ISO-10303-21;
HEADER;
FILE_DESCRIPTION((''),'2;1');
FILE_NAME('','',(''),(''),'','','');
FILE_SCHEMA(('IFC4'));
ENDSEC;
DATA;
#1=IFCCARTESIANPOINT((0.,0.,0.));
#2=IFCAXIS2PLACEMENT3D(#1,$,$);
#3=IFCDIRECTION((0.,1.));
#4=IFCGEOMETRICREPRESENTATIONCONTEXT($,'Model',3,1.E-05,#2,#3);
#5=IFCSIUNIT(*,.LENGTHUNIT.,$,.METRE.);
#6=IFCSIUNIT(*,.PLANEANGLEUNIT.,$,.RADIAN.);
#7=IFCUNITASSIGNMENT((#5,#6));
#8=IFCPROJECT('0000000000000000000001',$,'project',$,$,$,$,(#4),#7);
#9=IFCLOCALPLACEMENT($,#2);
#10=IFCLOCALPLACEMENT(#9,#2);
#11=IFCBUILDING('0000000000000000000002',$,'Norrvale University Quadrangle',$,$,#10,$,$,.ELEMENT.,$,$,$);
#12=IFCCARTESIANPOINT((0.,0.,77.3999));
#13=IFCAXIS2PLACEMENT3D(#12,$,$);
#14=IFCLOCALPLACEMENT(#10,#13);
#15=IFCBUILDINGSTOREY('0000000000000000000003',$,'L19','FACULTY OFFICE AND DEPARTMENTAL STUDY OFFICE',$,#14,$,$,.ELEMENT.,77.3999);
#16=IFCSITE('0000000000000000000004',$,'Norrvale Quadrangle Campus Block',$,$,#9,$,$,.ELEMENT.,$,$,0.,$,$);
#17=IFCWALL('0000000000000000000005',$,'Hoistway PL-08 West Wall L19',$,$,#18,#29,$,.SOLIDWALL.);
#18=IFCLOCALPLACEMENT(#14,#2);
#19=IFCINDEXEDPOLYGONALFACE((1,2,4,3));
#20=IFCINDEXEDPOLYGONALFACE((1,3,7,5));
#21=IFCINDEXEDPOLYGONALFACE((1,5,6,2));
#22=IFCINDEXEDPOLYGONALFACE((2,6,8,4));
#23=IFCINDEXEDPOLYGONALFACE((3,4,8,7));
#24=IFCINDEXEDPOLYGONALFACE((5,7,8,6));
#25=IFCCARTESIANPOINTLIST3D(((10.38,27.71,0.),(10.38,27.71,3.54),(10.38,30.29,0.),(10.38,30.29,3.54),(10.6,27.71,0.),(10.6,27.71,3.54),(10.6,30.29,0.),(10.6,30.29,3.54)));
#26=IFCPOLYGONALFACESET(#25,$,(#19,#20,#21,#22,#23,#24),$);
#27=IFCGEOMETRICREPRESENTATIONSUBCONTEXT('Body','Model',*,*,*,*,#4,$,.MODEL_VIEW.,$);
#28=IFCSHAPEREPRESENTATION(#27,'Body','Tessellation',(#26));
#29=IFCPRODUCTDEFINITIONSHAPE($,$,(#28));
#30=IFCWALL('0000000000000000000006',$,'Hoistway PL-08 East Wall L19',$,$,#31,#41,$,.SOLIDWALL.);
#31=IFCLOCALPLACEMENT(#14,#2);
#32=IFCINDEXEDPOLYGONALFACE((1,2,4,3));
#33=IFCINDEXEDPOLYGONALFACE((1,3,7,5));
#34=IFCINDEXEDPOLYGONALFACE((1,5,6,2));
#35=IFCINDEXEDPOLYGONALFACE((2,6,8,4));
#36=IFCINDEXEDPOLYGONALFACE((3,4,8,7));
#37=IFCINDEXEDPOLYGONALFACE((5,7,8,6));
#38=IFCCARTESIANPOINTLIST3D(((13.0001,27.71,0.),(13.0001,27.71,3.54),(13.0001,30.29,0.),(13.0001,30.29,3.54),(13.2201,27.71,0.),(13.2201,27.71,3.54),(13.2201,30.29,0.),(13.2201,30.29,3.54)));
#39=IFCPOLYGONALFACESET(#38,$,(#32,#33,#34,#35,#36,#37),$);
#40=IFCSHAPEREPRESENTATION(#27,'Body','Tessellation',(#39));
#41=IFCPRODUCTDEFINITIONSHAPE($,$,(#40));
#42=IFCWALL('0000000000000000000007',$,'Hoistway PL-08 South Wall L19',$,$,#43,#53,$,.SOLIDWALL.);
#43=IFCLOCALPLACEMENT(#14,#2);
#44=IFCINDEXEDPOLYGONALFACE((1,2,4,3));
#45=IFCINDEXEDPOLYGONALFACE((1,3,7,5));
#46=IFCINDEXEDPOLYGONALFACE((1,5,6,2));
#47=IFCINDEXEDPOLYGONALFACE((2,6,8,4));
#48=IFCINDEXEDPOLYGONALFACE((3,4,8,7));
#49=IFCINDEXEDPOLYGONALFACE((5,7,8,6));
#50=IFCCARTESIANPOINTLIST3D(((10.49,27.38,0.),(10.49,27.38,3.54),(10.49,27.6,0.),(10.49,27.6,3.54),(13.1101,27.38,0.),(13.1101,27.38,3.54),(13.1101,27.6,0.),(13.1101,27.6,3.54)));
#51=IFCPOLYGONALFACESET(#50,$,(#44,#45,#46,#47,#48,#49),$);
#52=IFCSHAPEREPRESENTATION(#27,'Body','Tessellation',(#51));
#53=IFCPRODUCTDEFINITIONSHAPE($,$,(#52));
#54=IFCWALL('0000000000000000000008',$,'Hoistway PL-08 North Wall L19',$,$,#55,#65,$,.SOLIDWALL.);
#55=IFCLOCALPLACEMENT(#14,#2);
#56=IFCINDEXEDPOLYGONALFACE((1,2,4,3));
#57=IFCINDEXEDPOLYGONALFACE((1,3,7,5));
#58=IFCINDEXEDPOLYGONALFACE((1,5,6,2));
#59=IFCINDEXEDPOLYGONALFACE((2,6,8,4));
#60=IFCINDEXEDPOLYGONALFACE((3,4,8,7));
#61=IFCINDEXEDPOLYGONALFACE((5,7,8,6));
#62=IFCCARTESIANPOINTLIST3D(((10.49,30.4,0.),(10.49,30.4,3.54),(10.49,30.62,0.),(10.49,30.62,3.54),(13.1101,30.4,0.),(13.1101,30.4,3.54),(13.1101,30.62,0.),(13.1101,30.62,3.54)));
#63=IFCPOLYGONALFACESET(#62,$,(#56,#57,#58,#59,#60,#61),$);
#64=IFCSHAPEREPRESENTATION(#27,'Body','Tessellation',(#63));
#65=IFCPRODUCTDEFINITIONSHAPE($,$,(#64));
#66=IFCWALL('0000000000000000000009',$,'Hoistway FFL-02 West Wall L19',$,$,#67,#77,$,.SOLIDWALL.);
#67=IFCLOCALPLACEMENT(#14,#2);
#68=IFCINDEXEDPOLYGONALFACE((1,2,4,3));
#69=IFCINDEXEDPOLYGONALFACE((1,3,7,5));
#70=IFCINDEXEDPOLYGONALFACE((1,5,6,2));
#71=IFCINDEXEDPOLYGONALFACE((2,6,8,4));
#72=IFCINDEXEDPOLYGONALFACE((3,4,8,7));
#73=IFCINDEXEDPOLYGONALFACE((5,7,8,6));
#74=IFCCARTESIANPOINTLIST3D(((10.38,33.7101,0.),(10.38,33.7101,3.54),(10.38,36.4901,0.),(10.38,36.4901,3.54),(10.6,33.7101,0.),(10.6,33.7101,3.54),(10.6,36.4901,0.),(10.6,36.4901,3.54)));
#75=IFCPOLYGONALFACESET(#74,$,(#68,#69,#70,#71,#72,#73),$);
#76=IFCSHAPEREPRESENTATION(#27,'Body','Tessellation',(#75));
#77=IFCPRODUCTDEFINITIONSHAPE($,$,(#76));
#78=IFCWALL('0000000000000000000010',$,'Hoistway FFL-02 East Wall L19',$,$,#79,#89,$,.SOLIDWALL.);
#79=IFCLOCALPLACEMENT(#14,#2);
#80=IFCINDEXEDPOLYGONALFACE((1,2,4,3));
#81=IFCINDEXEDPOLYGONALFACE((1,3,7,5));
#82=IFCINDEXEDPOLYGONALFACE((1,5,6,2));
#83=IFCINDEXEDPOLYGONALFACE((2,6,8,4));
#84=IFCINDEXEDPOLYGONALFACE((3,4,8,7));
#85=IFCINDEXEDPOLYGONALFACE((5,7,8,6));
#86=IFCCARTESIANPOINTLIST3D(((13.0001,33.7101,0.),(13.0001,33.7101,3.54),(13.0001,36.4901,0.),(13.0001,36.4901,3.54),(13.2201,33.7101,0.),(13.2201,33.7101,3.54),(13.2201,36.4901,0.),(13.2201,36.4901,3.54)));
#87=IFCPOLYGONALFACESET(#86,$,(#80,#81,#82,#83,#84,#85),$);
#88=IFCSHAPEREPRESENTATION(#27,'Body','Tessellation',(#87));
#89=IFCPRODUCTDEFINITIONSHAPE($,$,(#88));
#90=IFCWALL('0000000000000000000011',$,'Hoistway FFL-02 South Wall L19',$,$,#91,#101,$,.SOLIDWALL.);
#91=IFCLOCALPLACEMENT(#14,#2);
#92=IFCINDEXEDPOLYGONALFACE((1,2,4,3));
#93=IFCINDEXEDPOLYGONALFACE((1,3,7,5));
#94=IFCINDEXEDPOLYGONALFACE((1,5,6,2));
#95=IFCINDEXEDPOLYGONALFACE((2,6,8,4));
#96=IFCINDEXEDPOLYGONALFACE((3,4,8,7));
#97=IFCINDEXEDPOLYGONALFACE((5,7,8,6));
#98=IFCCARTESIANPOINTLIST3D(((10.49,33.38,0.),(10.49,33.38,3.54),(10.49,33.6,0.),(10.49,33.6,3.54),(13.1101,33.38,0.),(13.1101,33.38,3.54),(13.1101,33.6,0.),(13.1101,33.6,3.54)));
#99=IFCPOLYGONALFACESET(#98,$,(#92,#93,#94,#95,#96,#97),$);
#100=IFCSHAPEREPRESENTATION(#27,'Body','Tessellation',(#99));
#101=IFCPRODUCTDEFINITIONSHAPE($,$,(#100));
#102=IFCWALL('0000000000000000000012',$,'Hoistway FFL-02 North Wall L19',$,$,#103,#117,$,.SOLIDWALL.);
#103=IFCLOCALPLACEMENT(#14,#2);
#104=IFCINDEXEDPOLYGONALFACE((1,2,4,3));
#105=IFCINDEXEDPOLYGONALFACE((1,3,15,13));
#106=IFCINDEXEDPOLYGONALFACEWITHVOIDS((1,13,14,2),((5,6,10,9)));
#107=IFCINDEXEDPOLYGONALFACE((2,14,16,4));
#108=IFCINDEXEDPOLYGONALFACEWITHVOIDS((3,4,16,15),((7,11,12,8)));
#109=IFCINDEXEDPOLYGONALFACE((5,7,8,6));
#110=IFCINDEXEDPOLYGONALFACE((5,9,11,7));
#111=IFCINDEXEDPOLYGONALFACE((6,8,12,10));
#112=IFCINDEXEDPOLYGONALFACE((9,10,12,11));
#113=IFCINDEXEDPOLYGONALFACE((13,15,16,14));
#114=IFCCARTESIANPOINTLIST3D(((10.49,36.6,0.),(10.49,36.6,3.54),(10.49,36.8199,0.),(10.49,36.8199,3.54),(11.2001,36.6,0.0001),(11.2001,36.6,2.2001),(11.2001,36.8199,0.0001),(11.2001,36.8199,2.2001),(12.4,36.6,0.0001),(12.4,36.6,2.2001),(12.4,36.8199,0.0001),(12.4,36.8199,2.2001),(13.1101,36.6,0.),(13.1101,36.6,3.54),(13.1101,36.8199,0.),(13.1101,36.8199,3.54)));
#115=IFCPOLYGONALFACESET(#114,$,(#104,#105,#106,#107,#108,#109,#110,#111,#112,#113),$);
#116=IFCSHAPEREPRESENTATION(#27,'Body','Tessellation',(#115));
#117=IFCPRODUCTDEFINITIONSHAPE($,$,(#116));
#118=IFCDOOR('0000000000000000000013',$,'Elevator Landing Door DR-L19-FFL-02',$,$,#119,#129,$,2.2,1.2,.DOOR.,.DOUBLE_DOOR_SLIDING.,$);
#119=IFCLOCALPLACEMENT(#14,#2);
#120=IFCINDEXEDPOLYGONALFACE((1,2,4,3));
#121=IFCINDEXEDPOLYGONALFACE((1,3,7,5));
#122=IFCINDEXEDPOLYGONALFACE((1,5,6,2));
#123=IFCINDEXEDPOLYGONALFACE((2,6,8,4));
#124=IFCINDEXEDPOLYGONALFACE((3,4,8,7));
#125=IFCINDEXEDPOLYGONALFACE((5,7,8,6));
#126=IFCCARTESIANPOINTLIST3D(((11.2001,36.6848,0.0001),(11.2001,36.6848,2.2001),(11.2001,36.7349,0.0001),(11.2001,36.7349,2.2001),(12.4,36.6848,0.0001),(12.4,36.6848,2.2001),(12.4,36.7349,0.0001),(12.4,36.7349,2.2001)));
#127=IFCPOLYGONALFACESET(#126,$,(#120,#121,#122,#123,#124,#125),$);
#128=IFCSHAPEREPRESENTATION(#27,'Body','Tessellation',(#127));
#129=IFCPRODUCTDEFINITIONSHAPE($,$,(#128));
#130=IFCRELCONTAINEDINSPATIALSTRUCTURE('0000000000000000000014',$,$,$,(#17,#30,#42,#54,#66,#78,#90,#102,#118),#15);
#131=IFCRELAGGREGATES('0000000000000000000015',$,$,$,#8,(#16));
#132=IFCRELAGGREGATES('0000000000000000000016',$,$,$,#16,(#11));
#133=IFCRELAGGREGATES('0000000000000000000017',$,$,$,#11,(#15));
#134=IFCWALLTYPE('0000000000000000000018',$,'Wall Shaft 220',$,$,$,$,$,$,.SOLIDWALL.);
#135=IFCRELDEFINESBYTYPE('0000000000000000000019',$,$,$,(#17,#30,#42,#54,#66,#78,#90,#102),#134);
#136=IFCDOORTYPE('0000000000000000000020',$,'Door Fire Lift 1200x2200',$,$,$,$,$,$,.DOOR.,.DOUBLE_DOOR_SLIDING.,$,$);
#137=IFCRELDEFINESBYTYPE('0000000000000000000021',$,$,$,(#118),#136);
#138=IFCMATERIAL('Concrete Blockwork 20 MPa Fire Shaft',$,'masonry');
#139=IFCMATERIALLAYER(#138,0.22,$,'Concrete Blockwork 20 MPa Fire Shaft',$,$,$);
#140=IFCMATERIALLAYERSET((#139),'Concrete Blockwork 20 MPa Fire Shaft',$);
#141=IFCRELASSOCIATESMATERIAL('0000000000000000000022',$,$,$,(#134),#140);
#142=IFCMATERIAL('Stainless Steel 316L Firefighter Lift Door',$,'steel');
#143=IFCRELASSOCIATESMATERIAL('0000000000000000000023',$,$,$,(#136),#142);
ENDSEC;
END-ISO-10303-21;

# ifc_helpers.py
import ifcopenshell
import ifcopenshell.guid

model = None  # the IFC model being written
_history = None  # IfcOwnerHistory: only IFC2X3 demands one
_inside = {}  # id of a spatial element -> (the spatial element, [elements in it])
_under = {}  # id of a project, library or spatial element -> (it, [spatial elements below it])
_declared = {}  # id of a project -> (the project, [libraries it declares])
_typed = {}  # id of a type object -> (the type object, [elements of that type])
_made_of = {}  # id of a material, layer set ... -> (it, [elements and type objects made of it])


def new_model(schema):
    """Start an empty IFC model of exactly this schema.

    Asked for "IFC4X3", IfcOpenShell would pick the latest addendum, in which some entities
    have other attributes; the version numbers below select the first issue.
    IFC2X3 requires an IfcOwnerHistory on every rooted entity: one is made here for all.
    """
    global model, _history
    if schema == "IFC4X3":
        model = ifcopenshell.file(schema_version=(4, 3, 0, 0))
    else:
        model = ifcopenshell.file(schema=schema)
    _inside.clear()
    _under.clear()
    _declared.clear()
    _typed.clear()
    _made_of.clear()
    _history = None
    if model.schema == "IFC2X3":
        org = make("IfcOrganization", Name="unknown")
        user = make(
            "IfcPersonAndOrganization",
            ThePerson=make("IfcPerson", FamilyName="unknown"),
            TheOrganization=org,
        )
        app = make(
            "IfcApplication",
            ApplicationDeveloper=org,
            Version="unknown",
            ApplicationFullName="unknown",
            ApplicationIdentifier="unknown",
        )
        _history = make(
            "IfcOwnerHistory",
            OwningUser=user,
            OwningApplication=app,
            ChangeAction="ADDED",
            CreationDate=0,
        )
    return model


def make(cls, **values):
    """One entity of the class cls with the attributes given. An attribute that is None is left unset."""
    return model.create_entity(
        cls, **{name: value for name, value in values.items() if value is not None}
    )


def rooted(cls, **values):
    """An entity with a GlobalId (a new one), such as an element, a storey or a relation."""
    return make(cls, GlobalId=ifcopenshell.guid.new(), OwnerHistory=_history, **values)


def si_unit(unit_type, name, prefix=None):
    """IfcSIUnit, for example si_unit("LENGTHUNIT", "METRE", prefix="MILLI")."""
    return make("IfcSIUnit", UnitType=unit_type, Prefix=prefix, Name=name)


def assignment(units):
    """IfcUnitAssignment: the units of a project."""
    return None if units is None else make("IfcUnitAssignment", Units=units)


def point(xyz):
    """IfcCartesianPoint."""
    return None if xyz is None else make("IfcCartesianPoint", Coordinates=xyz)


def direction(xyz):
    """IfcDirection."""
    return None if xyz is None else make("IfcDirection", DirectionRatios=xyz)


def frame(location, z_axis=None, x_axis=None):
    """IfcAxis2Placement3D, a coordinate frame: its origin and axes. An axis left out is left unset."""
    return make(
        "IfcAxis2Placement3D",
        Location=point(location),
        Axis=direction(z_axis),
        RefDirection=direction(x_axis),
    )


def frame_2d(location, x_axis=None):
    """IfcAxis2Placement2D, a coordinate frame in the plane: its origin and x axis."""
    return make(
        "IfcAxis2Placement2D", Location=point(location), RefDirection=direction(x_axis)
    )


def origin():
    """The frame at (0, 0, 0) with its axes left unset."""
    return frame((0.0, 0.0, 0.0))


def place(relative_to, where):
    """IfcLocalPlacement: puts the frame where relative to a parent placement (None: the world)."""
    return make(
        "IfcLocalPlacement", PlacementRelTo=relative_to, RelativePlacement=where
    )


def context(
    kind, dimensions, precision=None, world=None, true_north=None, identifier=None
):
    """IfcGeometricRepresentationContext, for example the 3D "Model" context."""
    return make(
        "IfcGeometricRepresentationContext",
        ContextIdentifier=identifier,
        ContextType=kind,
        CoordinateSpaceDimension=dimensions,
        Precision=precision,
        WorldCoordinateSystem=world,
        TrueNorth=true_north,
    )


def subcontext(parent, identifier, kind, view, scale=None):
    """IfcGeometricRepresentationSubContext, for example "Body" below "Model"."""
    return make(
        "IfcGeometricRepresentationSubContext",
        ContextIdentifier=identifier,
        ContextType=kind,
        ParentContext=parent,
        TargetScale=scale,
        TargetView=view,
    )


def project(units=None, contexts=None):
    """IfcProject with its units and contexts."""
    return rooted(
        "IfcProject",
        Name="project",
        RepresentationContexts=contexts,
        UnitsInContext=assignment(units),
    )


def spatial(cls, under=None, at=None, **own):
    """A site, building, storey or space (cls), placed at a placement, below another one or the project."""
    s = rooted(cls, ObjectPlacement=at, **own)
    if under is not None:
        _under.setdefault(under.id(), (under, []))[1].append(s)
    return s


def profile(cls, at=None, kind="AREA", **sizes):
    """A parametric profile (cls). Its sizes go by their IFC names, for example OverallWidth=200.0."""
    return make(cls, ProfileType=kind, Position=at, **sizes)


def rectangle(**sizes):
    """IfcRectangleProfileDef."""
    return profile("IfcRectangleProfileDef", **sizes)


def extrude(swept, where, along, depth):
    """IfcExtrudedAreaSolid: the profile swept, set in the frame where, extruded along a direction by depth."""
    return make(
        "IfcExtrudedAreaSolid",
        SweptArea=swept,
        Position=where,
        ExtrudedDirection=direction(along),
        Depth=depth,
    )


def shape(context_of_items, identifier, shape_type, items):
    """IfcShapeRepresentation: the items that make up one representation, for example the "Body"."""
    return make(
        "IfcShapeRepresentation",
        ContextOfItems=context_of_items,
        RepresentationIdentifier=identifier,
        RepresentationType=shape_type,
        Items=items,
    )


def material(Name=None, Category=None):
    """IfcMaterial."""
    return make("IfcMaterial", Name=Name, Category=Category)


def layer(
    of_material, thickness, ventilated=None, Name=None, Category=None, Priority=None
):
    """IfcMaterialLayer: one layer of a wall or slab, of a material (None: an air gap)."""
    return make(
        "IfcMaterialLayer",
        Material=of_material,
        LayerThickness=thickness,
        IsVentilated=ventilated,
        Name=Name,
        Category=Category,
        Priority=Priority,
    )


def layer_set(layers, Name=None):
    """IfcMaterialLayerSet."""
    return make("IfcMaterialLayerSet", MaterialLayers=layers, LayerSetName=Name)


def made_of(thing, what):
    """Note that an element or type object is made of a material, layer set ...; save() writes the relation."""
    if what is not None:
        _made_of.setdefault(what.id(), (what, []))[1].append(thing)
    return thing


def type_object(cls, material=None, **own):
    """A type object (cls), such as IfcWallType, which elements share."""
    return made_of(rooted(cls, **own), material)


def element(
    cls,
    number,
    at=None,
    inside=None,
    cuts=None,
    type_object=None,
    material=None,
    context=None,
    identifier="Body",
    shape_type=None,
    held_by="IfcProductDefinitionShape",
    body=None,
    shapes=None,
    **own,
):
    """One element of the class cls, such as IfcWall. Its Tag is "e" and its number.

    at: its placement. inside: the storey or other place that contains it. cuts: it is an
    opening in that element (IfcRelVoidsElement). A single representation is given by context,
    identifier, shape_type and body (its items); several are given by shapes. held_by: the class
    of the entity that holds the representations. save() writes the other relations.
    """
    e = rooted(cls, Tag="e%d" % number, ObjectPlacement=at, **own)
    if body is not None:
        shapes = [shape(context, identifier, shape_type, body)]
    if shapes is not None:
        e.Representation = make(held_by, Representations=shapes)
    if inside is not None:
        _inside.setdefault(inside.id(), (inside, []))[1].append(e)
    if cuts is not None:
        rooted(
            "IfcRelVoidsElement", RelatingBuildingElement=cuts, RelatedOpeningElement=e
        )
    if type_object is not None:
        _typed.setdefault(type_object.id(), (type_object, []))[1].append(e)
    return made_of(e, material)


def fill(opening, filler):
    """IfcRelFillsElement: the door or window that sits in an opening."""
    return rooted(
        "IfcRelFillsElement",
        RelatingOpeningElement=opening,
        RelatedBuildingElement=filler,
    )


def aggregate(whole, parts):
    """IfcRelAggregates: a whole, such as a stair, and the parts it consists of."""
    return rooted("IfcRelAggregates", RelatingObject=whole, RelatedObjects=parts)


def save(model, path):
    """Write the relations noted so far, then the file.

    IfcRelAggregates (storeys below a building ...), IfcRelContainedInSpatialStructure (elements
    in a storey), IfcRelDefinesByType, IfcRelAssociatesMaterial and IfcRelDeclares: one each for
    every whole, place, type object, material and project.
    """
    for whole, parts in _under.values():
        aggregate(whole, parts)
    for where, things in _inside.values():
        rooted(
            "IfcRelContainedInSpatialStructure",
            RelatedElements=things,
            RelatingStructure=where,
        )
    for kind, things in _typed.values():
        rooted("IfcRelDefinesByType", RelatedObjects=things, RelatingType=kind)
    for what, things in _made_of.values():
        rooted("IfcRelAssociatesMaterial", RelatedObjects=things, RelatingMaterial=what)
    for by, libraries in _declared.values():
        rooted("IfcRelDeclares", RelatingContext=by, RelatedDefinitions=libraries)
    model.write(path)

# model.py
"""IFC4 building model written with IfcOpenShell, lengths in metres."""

from ifc_helpers import new_model, si_unit, direction, frame, frame_2d, origin, place, context, subcontext, project, spatial, rectangle, extrude, material, layer, layer_set, type_object, element, fill, save


model = new_model("IFC4")

# Units and contexts
model_context = context("Model", 3, precision=1e-05, world=origin(), true_north=direction((0.0, 1.0)))
body_context = subcontext(model_context, "Body", "Model", "MODEL_VIEW")
ifc_project = project(units=[si_unit("LENGTHUNIT", "METRE"), si_unit("PLANEANGLEUNIT", "RADIAN")], contexts=[model_context])

# Site, building, storey
site_placement = place(None, origin())
site = spatial("IfcSite", under=ifc_project, at=site_placement, Name="Norrvale Quadrangle Campus Block", CompositionType="ELEMENT", RefElevation=0.0)
building_placement = place(site_placement, origin())
building = spatial("IfcBuilding", under=site, at=building_placement, Name="Norrvale University Quadrangle", CompositionType="ELEMENT")
storey_placement = place(building_placement, frame((0.0, 0.0, 77.3999)))
storey = spatial("IfcBuildingStorey", under=building, at=storey_placement, Name="L19", Description="FACULTY OFFICE AND DEPARTMENTAL STUDY OFFICE", CompositionType="ELEMENT", Elevation=77.3999)

# Walls
ifc_material_1 = material(Name="Concrete Blockwork 20 MPa Fire Shaft", Category="masonry")
ifc_layer_1 = layer(ifc_material_1, 0.22, Name="Concrete Blockwork 20 MPa Fire Shaft")
ifc_layer_set_1 = layer_set([ifc_layer_1], Name="Concrete Blockwork 20 MPa Fire Shaft")
wall_type_1 = type_object("IfcWallType", Name="Wall Shaft 220", PredefinedType="SOLIDWALL", material=ifc_layer_set_1)
for number, where, z_axis, x_axis, name in (
    (1, (10.49, 27.71, 0.0), (0.0, 0.0, 1.0), (0.0, 1.0, 0.0), "Hoistway PL-08 West Wall L19"),
    (2, (13.1101, 27.71, 0.0), (0.0, 0.0, 1.0), (0.0, 1.0, 0.0), "Hoistway PL-08 East Wall L19"),
):
    element("IfcWall", number, at=place(storey_placement, frame(where, z_axis=z_axis, x_axis=x_axis)), inside=storey, type_object=wall_type_1, Name=name, PredefinedType="SOLIDWALL", context=body_context, shape_type="SweptSolid", body=[
        extrude(rectangle(XDim=2.5801, YDim=0.22, at=frame_2d((1.29, 0.0))), origin(), (0.0, 0.0, 1.0), 3.54),
    ])
for number, where, z_axis, x_axis, name in (
    (3, (10.49, 27.49, 0.0), (0.0, 0.0, 1.0), (1.0, 0.0, 0.0), "Hoistway PL-08 South Wall L19"),
    (4, (10.49, 30.51, 0.0), (0.0, 0.0, 1.0), (1.0, 0.0, 0.0), "Hoistway PL-08 North Wall L19"),
):
    element("IfcWall", number, at=place(storey_placement, frame(where, z_axis=z_axis, x_axis=x_axis)), inside=storey, type_object=wall_type_1, Name=name, PredefinedType="SOLIDWALL", context=body_context, shape_type="SweptSolid", body=[
        extrude(rectangle(XDim=2.6201, YDim=0.22, at=frame_2d((1.3101, 0.0))), origin(), (0.0, 0.0, 1.0), 3.54),
    ])
for number, where, z_axis, x_axis, name in (
    (5, (10.49, 33.71, 0.0), (0.0, 0.0, 1.0), (0.0, 1.0, 0.0), "Hoistway FFL-02 West Wall L19"),
    (6, (13.1101, 33.71, 0.0), (0.0, 0.0, 1.0), (0.0, 1.0, 0.0), "Hoistway FFL-02 East Wall L19"),
):
    element("IfcWall", number, at=place(storey_placement, frame(where, z_axis=z_axis, x_axis=x_axis)), inside=storey, type_object=wall_type_1, Name=name, PredefinedType="SOLIDWALL", context=body_context, shape_type="SweptSolid", body=[
        extrude(rectangle(XDim=2.78, YDim=0.22, at=frame_2d((1.3901, 0.0))), origin(), (0.0, 0.0, 1.0), 3.54),
    ])
wall_1_placement = place(storey_placement, frame((10.49, 33.49, 0.0), z_axis=(0.0, 0.0, 1.0), x_axis=(1.0, 0.0, 0.0)))
element("IfcWall", 7, at=wall_1_placement, inside=storey, type_object=wall_type_1, Name="Hoistway FFL-02 South Wall L19", PredefinedType="SOLIDWALL", context=body_context, shape_type="SweptSolid", body=[
    extrude(rectangle(XDim=2.6201, YDim=0.22, at=frame_2d((1.3101, 0.0))), origin(), (0.0, 0.0, 1.0), 3.54),
])

# Wall, opening, door
wall_2_placement = place(storey_placement, frame((10.49, 36.71, 0.0), z_axis=(0.0, 0.0, 1.0), x_axis=(1.0, 0.0, 0.0)))
wall_2 = element("IfcWall", 8, at=wall_2_placement, inside=storey, type_object=wall_type_1, Name="Hoistway FFL-02 North Wall L19", PredefinedType="SOLIDWALL", context=body_context, shape_type="SweptSolid", body=[
    extrude(rectangle(XDim=2.6201, YDim=0.22, at=frame_2d((1.3101, 0.0))), origin(), (0.0, 0.0, 1.0), 3.54),
])
opening_1_placement = place(wall_2_placement, frame((0.71, 0.0, 0.0)))
opening_1 = element("IfcOpeningElement", 9, at=opening_1_placement, cuts=wall_2, PredefinedType="OPENING", context=body_context, shape_type="SweptSolid", body=[
    extrude(rectangle(XDim=1.2, YDim=2.2, at=frame_2d((0.6001, 1.1001))), frame((0.0, 0.1221, 0.0), z_axis=(0.0, -1.0, 0.0), x_axis=(1.0, 0.0, 0.0)), (0.0, 0.0, 1.0), 0.2439),
])
ifc_material_2 = material(Name="Stainless Steel 316L Firefighter Lift Door", Category="steel")
door_type_1 = type_object("IfcDoorType", Name="Door Fire Lift 1200x2200", OperationType="DOUBLE_DOOR_SLIDING", PredefinedType="DOOR", material=ifc_material_2)
door_1_placement = place(opening_1_placement, origin())
door_1 = element("IfcDoor", 10, at=door_1_placement, inside=storey, type_object=door_type_1, Name="Elevator Landing Door DR-L19-FFL-02", OperationType="DOUBLE_DOOR_SLIDING", OverallHeight=2.2, OverallWidth=1.2, PredefinedType="DOOR", context=body_context, shape_type="SweptSolid", body=[
    extrude(rectangle(XDim=1.2, YDim=2.2, at=frame_2d((0.6001, 1.1001))), frame((0.0, 0.0249, 0.0), z_axis=(0.0, -1.0, 0.0), x_axis=(1.0, 0.0, 0.0)), (0.0, 0.0, 1.0), 0.05),
])
fill(opening_1, door_1)

save(model, "model.ifc")
